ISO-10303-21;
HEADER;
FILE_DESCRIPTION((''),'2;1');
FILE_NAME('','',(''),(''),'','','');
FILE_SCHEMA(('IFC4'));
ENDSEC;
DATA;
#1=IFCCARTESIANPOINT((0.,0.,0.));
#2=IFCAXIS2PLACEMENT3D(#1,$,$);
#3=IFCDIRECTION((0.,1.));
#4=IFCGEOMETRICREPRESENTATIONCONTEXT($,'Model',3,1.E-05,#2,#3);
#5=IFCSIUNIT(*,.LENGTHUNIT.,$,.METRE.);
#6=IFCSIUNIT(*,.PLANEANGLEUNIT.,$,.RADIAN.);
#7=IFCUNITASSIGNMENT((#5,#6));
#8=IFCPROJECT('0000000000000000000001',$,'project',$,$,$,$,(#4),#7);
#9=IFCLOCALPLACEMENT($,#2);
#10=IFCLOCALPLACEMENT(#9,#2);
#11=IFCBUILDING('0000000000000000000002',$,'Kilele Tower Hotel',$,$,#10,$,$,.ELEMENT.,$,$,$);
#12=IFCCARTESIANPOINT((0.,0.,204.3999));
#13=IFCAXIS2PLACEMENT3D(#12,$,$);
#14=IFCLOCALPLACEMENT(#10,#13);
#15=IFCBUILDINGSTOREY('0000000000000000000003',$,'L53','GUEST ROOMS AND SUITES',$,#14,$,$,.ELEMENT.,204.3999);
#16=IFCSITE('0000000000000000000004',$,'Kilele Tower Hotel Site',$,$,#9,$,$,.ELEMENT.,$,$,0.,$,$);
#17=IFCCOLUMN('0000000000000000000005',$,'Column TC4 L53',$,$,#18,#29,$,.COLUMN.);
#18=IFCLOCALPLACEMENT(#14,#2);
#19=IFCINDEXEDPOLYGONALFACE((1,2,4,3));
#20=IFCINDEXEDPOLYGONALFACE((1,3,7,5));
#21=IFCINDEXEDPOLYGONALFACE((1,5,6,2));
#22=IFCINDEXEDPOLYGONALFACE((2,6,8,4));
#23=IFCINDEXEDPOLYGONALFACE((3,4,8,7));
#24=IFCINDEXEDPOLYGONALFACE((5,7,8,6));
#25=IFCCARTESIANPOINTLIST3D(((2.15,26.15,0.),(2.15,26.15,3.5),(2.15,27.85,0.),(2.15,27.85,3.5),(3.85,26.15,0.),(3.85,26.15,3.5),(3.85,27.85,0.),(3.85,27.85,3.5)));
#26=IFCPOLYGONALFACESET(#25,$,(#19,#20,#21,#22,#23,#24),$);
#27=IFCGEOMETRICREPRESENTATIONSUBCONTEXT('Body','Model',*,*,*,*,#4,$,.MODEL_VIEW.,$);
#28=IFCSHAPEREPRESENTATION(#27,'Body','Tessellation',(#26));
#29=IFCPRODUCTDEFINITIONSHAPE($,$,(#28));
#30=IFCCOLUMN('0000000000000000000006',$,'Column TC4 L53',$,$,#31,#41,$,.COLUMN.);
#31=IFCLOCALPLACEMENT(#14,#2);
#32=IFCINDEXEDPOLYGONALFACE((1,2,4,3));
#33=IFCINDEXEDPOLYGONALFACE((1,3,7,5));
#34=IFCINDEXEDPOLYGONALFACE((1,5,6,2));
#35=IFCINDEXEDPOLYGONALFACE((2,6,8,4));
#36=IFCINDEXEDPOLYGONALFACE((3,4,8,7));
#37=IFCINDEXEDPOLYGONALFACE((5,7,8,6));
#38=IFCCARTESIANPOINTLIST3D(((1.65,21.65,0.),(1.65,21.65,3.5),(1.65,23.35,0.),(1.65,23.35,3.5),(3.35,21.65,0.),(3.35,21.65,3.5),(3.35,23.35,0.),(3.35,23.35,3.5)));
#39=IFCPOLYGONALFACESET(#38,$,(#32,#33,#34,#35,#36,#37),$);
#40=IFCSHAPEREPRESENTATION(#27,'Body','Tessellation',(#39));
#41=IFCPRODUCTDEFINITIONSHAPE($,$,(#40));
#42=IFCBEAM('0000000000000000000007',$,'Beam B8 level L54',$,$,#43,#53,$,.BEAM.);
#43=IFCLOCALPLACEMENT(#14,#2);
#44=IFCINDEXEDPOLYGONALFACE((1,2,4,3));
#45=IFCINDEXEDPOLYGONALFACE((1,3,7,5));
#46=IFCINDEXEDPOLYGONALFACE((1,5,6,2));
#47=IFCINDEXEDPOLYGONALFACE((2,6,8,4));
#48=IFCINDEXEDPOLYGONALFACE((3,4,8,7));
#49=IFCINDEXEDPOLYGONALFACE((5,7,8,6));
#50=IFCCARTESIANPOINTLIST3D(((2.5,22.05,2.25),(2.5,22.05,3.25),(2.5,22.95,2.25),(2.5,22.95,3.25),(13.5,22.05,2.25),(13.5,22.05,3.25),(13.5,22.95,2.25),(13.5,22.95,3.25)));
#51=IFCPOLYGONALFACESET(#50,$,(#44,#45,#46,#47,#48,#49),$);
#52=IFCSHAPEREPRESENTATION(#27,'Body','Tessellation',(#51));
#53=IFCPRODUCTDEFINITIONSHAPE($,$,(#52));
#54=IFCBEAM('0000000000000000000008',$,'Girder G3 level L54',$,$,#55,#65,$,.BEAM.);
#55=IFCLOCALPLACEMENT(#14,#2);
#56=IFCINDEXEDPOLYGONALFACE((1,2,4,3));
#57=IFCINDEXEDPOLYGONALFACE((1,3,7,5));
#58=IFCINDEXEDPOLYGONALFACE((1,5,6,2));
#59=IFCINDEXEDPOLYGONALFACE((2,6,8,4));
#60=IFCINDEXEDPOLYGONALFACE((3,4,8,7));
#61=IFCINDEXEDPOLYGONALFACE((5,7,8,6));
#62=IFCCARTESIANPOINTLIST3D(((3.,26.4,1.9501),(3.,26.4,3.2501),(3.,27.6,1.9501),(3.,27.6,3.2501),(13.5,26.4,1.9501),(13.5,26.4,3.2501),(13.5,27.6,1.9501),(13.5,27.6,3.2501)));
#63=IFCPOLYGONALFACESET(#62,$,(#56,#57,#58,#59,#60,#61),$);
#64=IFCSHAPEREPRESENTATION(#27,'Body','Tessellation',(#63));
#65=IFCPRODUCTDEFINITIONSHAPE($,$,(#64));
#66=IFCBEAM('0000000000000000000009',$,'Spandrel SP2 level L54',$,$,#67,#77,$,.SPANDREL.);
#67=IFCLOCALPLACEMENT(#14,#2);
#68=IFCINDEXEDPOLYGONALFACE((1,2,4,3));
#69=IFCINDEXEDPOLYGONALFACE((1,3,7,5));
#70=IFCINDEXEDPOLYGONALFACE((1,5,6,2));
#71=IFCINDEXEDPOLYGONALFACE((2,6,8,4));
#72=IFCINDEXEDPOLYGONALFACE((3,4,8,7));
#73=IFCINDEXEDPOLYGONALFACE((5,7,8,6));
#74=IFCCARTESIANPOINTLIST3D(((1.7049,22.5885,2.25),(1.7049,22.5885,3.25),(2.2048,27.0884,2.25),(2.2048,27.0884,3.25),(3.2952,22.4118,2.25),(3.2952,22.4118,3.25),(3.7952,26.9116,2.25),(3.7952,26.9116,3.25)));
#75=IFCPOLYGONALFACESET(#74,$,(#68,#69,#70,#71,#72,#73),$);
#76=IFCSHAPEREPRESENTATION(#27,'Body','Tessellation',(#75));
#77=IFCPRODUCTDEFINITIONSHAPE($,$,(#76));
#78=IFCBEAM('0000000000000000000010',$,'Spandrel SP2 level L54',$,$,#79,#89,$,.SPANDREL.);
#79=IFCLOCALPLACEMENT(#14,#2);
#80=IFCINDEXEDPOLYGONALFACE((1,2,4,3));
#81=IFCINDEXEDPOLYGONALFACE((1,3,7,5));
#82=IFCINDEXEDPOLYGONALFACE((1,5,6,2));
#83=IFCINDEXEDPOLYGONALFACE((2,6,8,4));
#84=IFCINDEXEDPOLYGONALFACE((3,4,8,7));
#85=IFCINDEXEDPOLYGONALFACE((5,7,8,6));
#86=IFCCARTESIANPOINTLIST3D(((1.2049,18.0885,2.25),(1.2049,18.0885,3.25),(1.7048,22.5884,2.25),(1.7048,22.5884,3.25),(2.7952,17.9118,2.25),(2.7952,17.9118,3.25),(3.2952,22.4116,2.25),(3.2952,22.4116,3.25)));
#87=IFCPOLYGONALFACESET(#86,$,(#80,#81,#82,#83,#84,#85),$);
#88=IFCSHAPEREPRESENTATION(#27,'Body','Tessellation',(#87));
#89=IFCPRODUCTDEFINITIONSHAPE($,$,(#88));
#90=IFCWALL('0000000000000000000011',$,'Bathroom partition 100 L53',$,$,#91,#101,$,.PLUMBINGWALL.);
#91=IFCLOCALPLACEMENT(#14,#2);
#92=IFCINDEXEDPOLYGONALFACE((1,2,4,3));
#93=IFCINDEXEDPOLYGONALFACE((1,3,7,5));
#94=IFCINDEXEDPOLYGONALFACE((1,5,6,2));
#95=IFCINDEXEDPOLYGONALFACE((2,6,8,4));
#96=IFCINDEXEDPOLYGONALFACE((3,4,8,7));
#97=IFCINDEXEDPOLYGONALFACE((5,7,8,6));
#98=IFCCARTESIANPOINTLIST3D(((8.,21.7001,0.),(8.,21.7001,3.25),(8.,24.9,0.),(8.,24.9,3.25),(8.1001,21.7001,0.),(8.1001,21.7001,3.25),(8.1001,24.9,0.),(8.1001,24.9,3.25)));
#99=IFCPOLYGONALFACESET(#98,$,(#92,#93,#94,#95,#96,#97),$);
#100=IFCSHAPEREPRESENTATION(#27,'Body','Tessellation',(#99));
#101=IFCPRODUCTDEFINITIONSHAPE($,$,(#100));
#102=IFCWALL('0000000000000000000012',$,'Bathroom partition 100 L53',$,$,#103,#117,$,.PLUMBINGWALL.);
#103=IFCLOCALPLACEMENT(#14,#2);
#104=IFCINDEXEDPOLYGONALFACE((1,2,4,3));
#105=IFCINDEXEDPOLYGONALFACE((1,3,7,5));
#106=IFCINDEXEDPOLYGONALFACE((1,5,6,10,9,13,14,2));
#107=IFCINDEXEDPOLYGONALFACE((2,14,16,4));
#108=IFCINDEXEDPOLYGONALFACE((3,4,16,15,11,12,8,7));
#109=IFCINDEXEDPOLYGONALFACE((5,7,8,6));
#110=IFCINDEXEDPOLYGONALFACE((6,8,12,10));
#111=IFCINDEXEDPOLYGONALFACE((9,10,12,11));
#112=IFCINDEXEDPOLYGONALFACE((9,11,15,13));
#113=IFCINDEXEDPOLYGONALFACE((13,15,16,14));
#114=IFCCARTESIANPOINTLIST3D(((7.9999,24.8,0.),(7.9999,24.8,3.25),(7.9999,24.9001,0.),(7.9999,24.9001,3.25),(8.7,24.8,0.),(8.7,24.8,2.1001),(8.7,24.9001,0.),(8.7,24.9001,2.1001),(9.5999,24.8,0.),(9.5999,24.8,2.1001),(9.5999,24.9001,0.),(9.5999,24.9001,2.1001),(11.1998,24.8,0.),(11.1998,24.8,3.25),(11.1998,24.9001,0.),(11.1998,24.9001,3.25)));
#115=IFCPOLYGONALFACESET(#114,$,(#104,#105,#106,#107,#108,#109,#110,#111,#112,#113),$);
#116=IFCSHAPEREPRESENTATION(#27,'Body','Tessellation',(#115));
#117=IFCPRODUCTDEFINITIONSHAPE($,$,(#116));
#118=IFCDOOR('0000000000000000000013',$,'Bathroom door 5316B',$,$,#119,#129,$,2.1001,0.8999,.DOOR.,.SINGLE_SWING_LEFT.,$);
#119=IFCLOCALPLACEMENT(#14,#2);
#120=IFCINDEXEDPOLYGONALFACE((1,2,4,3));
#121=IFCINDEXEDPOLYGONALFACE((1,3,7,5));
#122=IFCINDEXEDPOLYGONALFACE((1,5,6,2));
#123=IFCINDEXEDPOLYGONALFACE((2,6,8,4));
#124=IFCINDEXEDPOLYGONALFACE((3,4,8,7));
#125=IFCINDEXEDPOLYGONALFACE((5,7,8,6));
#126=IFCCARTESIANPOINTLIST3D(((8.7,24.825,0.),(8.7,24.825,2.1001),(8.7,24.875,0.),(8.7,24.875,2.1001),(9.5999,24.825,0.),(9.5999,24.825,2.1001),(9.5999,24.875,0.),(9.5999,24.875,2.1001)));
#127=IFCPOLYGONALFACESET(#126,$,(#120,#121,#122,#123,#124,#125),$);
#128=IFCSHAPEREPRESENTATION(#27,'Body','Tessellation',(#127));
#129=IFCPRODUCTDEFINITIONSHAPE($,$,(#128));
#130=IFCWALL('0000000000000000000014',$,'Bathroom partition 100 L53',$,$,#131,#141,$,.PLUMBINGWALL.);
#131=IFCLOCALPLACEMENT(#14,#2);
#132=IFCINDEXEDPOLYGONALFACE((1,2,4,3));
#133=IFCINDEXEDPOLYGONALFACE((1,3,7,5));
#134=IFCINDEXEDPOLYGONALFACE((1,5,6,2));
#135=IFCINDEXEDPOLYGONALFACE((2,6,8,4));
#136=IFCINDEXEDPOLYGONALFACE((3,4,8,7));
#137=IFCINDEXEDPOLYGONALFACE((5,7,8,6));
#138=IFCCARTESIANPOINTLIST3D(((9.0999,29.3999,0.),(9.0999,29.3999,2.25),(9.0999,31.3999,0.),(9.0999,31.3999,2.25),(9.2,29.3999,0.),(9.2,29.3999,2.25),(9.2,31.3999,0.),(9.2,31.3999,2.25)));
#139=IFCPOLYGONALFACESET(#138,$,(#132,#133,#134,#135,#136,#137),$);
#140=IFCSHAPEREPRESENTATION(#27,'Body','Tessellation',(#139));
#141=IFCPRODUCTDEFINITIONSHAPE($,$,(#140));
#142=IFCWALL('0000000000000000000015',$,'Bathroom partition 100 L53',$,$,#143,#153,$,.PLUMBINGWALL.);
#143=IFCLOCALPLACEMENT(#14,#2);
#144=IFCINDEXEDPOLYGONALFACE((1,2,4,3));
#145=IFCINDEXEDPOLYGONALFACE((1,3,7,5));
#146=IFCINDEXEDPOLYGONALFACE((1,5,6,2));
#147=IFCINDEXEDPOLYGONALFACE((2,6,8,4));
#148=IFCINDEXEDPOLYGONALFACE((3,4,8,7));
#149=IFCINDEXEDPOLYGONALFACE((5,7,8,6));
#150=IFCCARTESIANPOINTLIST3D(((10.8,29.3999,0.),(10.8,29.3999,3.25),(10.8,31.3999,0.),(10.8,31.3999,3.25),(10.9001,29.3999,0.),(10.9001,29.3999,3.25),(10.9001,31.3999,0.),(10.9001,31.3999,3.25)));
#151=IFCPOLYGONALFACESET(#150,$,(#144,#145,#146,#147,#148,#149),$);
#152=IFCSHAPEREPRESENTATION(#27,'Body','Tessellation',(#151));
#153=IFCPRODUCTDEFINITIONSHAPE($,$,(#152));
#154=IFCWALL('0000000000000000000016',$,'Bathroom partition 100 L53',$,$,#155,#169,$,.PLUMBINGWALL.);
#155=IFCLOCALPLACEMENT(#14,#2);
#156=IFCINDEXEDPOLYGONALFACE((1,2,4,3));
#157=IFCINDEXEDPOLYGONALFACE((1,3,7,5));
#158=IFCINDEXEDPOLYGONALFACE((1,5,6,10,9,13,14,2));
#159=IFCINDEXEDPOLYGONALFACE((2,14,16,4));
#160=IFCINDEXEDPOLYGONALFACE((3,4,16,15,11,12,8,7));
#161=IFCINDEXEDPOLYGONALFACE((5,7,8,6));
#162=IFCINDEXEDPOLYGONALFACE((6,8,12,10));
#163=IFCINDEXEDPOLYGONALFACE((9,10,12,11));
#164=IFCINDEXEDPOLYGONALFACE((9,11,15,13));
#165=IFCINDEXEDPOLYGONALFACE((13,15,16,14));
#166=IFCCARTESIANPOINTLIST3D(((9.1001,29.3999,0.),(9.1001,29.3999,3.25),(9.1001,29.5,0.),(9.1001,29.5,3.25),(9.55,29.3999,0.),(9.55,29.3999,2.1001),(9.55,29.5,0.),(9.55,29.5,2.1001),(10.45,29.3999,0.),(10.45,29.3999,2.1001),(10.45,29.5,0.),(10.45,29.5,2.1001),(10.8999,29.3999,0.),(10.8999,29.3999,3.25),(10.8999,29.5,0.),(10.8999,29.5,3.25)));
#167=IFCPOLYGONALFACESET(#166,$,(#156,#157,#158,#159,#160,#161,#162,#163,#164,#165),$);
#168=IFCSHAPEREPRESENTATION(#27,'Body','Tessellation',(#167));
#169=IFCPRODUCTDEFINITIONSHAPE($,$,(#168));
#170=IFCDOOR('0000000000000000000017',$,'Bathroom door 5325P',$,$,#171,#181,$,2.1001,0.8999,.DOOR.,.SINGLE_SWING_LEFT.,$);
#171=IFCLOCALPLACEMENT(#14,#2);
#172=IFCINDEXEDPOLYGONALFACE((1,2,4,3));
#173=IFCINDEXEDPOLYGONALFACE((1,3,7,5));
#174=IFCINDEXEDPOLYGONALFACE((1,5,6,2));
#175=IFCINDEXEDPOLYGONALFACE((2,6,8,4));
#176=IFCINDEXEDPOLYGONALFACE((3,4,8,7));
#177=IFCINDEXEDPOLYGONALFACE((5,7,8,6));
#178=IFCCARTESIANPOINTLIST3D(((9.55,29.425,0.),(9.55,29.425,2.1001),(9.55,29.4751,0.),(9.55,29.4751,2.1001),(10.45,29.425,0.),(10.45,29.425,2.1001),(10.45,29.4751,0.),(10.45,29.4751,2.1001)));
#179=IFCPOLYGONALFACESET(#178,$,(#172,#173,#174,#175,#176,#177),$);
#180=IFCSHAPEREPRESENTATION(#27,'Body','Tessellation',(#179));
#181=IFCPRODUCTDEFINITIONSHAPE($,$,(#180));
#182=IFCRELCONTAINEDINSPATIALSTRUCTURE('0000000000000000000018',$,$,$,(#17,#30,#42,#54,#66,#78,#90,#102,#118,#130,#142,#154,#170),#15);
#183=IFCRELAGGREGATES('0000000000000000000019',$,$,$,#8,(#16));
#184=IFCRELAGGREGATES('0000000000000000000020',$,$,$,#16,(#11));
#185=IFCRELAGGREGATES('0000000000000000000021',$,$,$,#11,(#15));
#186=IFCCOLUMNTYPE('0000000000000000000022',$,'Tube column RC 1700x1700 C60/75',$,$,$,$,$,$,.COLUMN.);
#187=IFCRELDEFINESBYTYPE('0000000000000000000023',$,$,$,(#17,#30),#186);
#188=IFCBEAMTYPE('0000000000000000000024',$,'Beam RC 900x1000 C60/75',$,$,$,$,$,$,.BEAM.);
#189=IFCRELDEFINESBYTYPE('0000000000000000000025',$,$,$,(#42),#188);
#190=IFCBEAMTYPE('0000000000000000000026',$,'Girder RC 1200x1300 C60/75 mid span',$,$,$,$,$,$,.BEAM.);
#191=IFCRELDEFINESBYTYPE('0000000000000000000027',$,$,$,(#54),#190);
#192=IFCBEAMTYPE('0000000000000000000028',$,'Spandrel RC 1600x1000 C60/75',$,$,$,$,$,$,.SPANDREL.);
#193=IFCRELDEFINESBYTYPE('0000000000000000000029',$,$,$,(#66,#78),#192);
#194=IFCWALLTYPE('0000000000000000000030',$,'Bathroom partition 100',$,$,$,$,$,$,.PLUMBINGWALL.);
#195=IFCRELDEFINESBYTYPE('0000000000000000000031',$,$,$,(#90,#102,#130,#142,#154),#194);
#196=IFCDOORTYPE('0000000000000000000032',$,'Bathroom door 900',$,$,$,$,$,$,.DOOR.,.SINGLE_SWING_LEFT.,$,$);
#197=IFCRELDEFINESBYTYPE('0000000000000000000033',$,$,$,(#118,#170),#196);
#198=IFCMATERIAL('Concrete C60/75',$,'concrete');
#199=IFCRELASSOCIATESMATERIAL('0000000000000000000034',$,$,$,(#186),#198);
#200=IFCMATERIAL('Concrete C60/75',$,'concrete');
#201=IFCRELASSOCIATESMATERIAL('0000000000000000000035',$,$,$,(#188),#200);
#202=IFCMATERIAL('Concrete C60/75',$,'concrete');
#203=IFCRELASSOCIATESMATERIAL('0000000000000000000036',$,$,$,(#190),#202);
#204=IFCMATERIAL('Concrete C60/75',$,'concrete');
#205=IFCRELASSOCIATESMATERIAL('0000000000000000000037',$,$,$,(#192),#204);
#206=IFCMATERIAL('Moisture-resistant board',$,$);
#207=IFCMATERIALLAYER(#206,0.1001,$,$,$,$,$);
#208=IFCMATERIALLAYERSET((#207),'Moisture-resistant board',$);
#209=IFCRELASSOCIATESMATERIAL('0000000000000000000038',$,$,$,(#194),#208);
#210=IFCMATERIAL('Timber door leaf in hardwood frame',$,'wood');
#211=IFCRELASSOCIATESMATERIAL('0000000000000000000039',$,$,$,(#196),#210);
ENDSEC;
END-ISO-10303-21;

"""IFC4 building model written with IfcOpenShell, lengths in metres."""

from ifc_helpers import new_model, si_unit, direction, frame, frame_2d, origin, origin_2d, place, context, subcontext, project, spatial, rectangle, extrude, material, layer, layer_set, material_profile, profile_set, type_object, element, fill, save


model = new_model("IFC4")

# Units and contexts
model_context = context("Model", 3, precision=1e-05, world=origin(), true_north=direction((0.0, 1.0)))
body_context = subcontext(model_context, "Body", "Model", "MODEL_VIEW")
ifc_project = project(units=[si_unit("LENGTHUNIT", "METRE"), si_unit("PLANEANGLEUNIT", "RADIAN")], contexts=[model_context])

# Site, building, storey
site_placement = place(None, origin())
site = spatial("IfcSite", under=ifc_project, at=site_placement, Name="Kilele Tower Hotel Site", CompositionType="ELEMENT", RefElevation=0.0)
building_placement = place(site_placement, origin())
building = spatial("IfcBuilding", under=site, at=building_placement, Name="Kilele Tower Hotel", CompositionType="ELEMENT")
storey_placement = place(building_placement, frame((0.0, 0.0, 204.3999)))
storey = spatial("IfcBuildingStorey", under=building, at=storey_placement, Name="L53", Description="GUEST ROOMS AND SUITES", CompositionType="ELEMENT", Elevation=204.3999)

# Columns
ifc_material_1 = material(Name="Concrete C60/75", Category="concrete")
ifc_material_profile_1 = material_profile(ifc_material_1, rectangle(XDim=1.7, YDim=1.7, at=origin_2d()))
ifc_profile_set_1 = profile_set([ifc_material_profile_1], Name="Concrete C60/75")
column_type = type_object("IfcColumnType", Name="Tube column RC 1700x1700 C60/75", PredefinedType="COLUMN", material=ifc_profile_set_1)
for number, where, z_axis, x_axis, name in (
    (1, (3.0, 27.0, 0.0), (0.0, 0.0, 1.0), (1.0, 0.0, 0.0), "Column TC4 L53"),
    (2, (2.5, 22.5, 0.0), (0.0, 0.0, 1.0), (1.0, 0.0, 0.0), "Column TC4 L53"),
):
    element("IfcColumn", number, at=place(storey_placement, frame(where, z_axis=z_axis, x_axis=x_axis)), inside=storey, type_object=column_type, Name=name, PredefinedType="COLUMN", context=body_context, shape_type="SweptSolid", body=[
        extrude(rectangle(XDim=1.7, YDim=1.7, at=origin_2d()), origin(), (0.0, 0.0, 1.0), 3.5),
    ])

# Beams
ifc_material_2 = material(Name="Concrete C60/75", Category="concrete")
ifc_material_profile_2 = material_profile(ifc_material_2, rectangle(XDim=0.8999, YDim=1.0, at=origin_2d()))
ifc_profile_set_2 = profile_set([ifc_material_profile_2], Name="Concrete C60/75")
beam_type_1 = type_object("IfcBeamType", Name="Beam RC 900x1000 C60/75", PredefinedType="BEAM", material=ifc_profile_set_2)
beam_1_placement = place(storey_placement, frame((2.5, 22.5, 2.75), z_axis=(1.0, 0.0, 0.0), x_axis=(0.0, 1.0, 0.0)))
element("IfcBeam", 3, at=beam_1_placement, inside=storey, type_object=beam_type_1, Name="Beam B8 level L54", PredefinedType="BEAM", context=body_context, shape_type="SweptSolid", body=[
    extrude(rectangle(XDim=0.8999, YDim=1.0, at=origin_2d()), origin(), (0.0, 0.0, 1.0), 11.0),
])
ifc_material_3 = material(Name="Concrete C60/75", Category="concrete")
ifc_material_profile_3 = material_profile(ifc_material_3, rectangle(XDim=1.2, YDim=1.3, at=origin_2d()))
ifc_profile_set_3 = profile_set([ifc_material_profile_3], Name="Concrete C60/75")
beam_type_2 = type_object("IfcBeamType", Name="Girder RC 1200x1300 C60/75 mid span", PredefinedType="BEAM", material=ifc_profile_set_3)
beam_2_placement = place(storey_placement, frame((3.0, 27.0, 2.6001), z_axis=(1.0, 0.0, 0.0), x_axis=(0.0, 1.0, 0.0)))
element("IfcBeam", 4, at=beam_2_placement, inside=storey, type_object=beam_type_2, Name="Girder G3 level L54", PredefinedType="BEAM", context=body_context, shape_type="SweptSolid", body=[
    extrude(rectangle(XDim=1.2, YDim=1.3, at=origin_2d()), origin(), (0.0, 0.0, 1.0), 10.5),
])
ifc_material_4 = material(Name="Concrete C60/75", Category="concrete")
ifc_material_profile_4 = material_profile(ifc_material_4, rectangle(XDim=1.6001, YDim=1.0, at=origin_2d()))
ifc_profile_set_4 = profile_set([ifc_material_profile_4], Name="Concrete C60/75")
beam_type_3 = type_object("IfcBeamType", Name="Spandrel RC 1600x1000 C60/75", PredefinedType="SPANDREL", material=ifc_profile_set_4)
for number, where, z_axis, x_axis, name in (
    (5, (3.0, 27.0, 2.75), (-0.110432, -0.993884, 0.0), (0.993884, -0.110432, 0.0), "Spandrel SP2 level L54"),
    (6, (2.5, 22.5, 2.75), (-0.110432, -0.993884, 0.0), (0.993884, -0.110432, 0.0), "Spandrel SP2 level L54"),
):
    element("IfcBeam", number, at=place(storey_placement, frame(where, z_axis=z_axis, x_axis=x_axis)), inside=storey, type_object=beam_type_3, Name=name, PredefinedType="SPANDREL", context=body_context, shape_type="SweptSolid", body=[
        extrude(rectangle(XDim=1.6001, YDim=1.0, at=origin_2d()), origin(), (0.0, 0.0, 1.0), 4.5276),
    ])

# Wall
ifc_material_5 = material(Name="Moisture-resistant board")
ifc_layer_1 = layer(ifc_material_5, 0.1001)
ifc_layer_set_1 = layer_set([ifc_layer_1], Name="Moisture-resistant board")
wall_type_1 = type_object("IfcWallType", Name="Bathroom partition 100", PredefinedType="PLUMBINGWALL", material=ifc_layer_set_1)
wall_1_placement = place(storey_placement, frame((8.05, 21.7, 0.0), z_axis=(0.0, 0.0, 1.0), x_axis=(0.0, 1.0, 0.0)))
element("IfcWall", 7, at=wall_1_placement, inside=storey, type_object=wall_type_1, Name="Bathroom partition 100 L53", PredefinedType="PLUMBINGWALL", context=body_context, shape_type="SweptSolid", body=[
    extrude(rectangle(XDim=3.2, YDim=0.1001, at=frame_2d((1.6001, 0.0))), origin(), (0.0, 0.0, 1.0), 3.25),
])

# Wall, opening, door
wall_2_placement = place(storey_placement, frame((11.2, 24.8501, 0.0), z_axis=(0.0, 0.0, 1.0), x_axis=(-1.0, 0.0, 0.0)))
wall_2 = element("IfcWall", 8, at=wall_2_placement, inside=storey, type_object=wall_type_1, Name="Bathroom partition 100 L53", PredefinedType="PLUMBINGWALL", context=body_context, shape_type="SweptSolid", body=[
    extrude(rectangle(XDim=3.2, YDim=0.1001, at=frame_2d((1.6001, 0.0))), origin(), (0.0, 0.0, 1.0), 3.25),
])
opening_1_placement = place(wall_2_placement, frame((2.5, 0.0, 0.0), z_axis=(0.0, 0.0, 1.0), x_axis=(-1.0, 0.0, 0.0)))
opening_1 = element("IfcOpeningElement", 9, at=opening_1_placement, cuts=wall_2, PredefinedType="OPENING", context=body_context, shape_type="SweptSolid", body=[
    extrude(rectangle(XDim=0.8999, YDim=2.1001, at=frame_2d((0.45, 1.05))), frame((0.0, 0.0601, 0.0), z_axis=(0.0, -1.0, 0.0), x_axis=(1.0, 0.0, 0.0)), (0.0, 0.0, 1.0), 0.1201),
])
ifc_material_6 = material(Name="Timber door leaf in hardwood frame", Category="wood")
door_type_1 = type_object("IfcDoorType", Name="Bathroom door 900", OperationType="SINGLE_SWING_LEFT", PredefinedType="DOOR", material=ifc_material_6)
door_1_placement = place(opening_1_placement, origin())
door_1 = element("IfcDoor", 10, at=door_1_placement, inside=storey, type_object=door_type_1, Name="Bathroom door 5316B", OperationType="SINGLE_SWING_LEFT", OverallHeight=2.1001, OverallWidth=0.8999, PredefinedType="DOOR", context=body_context, shape_type="SweptSolid", body=[
    extrude(rectangle(XDim=0.8999, YDim=2.1001, at=frame_2d((0.45, 1.05))), frame((0.0, 0.0249, 0.0), z_axis=(0.0, -1.0, 0.0), x_axis=(1.0, 0.0, 0.0)), (0.0, 0.0, 1.0), 0.05),
])
fill(opening_1, door_1)

# Walls
wall_3_placement = place(storey_placement, frame((9.1499, 31.3999, 0.0), z_axis=(0.0, 0.0, 1.0), x_axis=(0.0, -1.0, 0.0)))
element("IfcWall", 11, at=wall_3_placement, inside=storey, type_object=wall_type_1, Name="Bathroom partition 100 L53", PredefinedType="PLUMBINGWALL", context=body_context, shape_type="SweptSolid", body=[
    extrude(rectangle(XDim=2.0, YDim=0.1001, at=frame_2d((1.0, 0.0))), origin(), (0.0, 0.0, 1.0), 2.25),
])
wall_4_placement = place(storey_placement, frame((10.8501, 31.3999, 0.0), z_axis=(0.0, 0.0, 1.0), x_axis=(0.0, -1.0, 0.0)))
element("IfcWall", 12, at=wall_4_placement, inside=storey, type_object=wall_type_1, Name="Bathroom partition 100 L53", PredefinedType="PLUMBINGWALL", context=body_context, shape_type="SweptSolid", body=[
    extrude(rectangle(XDim=2.0, YDim=0.1001, at=frame_2d((1.0, 0.0))), origin(), (0.0, 0.0, 1.0), 3.25),
])

# Wall, opening, door
wall_5_placement = place(storey_placement, frame((10.8999, 29.45, 0.0), z_axis=(0.0, 0.0, 1.0), x_axis=(-1.0, 0.0, 0.0)))
wall_5 = element("IfcWall", 13, at=wall_5_placement, inside=storey, type_object=wall_type_1, Name="Bathroom partition 100 L53", PredefinedType="PLUMBINGWALL", context=body_context, shape_type="SweptSolid", body=[
    extrude(rectangle(XDim=1.7998, YDim=0.1001, at=frame_2d((0.8999, 0.0))), origin(), (0.0, 0.0, 1.0), 3.25),
])
opening_2_placement = place(wall_5_placement, frame((0.45, 0.0, 0.0)))
opening_2 = element("IfcOpeningElement", 14, at=opening_2_placement, cuts=wall_5, PredefinedType="OPENING", context=body_context, shape_type="SweptSolid", body=[
    extrude(rectangle(XDim=0.8999, YDim=2.1001, at=frame_2d((0.45, 1.05))), frame((0.0, 0.0601, 0.0), z_axis=(0.0, -1.0, 0.0), x_axis=(1.0, 0.0, 0.0)), (0.0, 0.0, 1.0), 0.1201),
])
door_2_placement = place(opening_2_placement, origin())
door_2 = element("IfcDoor", 15, at=door_2_placement, inside=storey, type_object=door_type_1, Name="Bathroom door 5325P", OperationType="SINGLE_SWING_LEFT", OverallHeight=2.1001, OverallWidth=0.8999, PredefinedType="DOOR", context=body_context, shape_type="SweptSolid", body=[
    extrude(rectangle(XDim=0.8999, YDim=2.1001, at=frame_2d((0.45, 1.05))), frame((0.0, 0.0249, 0.0), z_axis=(0.0, -1.0, 0.0), x_axis=(1.0, 0.0, 0.0)), (0.0, 0.0, 1.0), 0.05),
])
fill(opening_2, door_2)

save(model, "model.ifc")
